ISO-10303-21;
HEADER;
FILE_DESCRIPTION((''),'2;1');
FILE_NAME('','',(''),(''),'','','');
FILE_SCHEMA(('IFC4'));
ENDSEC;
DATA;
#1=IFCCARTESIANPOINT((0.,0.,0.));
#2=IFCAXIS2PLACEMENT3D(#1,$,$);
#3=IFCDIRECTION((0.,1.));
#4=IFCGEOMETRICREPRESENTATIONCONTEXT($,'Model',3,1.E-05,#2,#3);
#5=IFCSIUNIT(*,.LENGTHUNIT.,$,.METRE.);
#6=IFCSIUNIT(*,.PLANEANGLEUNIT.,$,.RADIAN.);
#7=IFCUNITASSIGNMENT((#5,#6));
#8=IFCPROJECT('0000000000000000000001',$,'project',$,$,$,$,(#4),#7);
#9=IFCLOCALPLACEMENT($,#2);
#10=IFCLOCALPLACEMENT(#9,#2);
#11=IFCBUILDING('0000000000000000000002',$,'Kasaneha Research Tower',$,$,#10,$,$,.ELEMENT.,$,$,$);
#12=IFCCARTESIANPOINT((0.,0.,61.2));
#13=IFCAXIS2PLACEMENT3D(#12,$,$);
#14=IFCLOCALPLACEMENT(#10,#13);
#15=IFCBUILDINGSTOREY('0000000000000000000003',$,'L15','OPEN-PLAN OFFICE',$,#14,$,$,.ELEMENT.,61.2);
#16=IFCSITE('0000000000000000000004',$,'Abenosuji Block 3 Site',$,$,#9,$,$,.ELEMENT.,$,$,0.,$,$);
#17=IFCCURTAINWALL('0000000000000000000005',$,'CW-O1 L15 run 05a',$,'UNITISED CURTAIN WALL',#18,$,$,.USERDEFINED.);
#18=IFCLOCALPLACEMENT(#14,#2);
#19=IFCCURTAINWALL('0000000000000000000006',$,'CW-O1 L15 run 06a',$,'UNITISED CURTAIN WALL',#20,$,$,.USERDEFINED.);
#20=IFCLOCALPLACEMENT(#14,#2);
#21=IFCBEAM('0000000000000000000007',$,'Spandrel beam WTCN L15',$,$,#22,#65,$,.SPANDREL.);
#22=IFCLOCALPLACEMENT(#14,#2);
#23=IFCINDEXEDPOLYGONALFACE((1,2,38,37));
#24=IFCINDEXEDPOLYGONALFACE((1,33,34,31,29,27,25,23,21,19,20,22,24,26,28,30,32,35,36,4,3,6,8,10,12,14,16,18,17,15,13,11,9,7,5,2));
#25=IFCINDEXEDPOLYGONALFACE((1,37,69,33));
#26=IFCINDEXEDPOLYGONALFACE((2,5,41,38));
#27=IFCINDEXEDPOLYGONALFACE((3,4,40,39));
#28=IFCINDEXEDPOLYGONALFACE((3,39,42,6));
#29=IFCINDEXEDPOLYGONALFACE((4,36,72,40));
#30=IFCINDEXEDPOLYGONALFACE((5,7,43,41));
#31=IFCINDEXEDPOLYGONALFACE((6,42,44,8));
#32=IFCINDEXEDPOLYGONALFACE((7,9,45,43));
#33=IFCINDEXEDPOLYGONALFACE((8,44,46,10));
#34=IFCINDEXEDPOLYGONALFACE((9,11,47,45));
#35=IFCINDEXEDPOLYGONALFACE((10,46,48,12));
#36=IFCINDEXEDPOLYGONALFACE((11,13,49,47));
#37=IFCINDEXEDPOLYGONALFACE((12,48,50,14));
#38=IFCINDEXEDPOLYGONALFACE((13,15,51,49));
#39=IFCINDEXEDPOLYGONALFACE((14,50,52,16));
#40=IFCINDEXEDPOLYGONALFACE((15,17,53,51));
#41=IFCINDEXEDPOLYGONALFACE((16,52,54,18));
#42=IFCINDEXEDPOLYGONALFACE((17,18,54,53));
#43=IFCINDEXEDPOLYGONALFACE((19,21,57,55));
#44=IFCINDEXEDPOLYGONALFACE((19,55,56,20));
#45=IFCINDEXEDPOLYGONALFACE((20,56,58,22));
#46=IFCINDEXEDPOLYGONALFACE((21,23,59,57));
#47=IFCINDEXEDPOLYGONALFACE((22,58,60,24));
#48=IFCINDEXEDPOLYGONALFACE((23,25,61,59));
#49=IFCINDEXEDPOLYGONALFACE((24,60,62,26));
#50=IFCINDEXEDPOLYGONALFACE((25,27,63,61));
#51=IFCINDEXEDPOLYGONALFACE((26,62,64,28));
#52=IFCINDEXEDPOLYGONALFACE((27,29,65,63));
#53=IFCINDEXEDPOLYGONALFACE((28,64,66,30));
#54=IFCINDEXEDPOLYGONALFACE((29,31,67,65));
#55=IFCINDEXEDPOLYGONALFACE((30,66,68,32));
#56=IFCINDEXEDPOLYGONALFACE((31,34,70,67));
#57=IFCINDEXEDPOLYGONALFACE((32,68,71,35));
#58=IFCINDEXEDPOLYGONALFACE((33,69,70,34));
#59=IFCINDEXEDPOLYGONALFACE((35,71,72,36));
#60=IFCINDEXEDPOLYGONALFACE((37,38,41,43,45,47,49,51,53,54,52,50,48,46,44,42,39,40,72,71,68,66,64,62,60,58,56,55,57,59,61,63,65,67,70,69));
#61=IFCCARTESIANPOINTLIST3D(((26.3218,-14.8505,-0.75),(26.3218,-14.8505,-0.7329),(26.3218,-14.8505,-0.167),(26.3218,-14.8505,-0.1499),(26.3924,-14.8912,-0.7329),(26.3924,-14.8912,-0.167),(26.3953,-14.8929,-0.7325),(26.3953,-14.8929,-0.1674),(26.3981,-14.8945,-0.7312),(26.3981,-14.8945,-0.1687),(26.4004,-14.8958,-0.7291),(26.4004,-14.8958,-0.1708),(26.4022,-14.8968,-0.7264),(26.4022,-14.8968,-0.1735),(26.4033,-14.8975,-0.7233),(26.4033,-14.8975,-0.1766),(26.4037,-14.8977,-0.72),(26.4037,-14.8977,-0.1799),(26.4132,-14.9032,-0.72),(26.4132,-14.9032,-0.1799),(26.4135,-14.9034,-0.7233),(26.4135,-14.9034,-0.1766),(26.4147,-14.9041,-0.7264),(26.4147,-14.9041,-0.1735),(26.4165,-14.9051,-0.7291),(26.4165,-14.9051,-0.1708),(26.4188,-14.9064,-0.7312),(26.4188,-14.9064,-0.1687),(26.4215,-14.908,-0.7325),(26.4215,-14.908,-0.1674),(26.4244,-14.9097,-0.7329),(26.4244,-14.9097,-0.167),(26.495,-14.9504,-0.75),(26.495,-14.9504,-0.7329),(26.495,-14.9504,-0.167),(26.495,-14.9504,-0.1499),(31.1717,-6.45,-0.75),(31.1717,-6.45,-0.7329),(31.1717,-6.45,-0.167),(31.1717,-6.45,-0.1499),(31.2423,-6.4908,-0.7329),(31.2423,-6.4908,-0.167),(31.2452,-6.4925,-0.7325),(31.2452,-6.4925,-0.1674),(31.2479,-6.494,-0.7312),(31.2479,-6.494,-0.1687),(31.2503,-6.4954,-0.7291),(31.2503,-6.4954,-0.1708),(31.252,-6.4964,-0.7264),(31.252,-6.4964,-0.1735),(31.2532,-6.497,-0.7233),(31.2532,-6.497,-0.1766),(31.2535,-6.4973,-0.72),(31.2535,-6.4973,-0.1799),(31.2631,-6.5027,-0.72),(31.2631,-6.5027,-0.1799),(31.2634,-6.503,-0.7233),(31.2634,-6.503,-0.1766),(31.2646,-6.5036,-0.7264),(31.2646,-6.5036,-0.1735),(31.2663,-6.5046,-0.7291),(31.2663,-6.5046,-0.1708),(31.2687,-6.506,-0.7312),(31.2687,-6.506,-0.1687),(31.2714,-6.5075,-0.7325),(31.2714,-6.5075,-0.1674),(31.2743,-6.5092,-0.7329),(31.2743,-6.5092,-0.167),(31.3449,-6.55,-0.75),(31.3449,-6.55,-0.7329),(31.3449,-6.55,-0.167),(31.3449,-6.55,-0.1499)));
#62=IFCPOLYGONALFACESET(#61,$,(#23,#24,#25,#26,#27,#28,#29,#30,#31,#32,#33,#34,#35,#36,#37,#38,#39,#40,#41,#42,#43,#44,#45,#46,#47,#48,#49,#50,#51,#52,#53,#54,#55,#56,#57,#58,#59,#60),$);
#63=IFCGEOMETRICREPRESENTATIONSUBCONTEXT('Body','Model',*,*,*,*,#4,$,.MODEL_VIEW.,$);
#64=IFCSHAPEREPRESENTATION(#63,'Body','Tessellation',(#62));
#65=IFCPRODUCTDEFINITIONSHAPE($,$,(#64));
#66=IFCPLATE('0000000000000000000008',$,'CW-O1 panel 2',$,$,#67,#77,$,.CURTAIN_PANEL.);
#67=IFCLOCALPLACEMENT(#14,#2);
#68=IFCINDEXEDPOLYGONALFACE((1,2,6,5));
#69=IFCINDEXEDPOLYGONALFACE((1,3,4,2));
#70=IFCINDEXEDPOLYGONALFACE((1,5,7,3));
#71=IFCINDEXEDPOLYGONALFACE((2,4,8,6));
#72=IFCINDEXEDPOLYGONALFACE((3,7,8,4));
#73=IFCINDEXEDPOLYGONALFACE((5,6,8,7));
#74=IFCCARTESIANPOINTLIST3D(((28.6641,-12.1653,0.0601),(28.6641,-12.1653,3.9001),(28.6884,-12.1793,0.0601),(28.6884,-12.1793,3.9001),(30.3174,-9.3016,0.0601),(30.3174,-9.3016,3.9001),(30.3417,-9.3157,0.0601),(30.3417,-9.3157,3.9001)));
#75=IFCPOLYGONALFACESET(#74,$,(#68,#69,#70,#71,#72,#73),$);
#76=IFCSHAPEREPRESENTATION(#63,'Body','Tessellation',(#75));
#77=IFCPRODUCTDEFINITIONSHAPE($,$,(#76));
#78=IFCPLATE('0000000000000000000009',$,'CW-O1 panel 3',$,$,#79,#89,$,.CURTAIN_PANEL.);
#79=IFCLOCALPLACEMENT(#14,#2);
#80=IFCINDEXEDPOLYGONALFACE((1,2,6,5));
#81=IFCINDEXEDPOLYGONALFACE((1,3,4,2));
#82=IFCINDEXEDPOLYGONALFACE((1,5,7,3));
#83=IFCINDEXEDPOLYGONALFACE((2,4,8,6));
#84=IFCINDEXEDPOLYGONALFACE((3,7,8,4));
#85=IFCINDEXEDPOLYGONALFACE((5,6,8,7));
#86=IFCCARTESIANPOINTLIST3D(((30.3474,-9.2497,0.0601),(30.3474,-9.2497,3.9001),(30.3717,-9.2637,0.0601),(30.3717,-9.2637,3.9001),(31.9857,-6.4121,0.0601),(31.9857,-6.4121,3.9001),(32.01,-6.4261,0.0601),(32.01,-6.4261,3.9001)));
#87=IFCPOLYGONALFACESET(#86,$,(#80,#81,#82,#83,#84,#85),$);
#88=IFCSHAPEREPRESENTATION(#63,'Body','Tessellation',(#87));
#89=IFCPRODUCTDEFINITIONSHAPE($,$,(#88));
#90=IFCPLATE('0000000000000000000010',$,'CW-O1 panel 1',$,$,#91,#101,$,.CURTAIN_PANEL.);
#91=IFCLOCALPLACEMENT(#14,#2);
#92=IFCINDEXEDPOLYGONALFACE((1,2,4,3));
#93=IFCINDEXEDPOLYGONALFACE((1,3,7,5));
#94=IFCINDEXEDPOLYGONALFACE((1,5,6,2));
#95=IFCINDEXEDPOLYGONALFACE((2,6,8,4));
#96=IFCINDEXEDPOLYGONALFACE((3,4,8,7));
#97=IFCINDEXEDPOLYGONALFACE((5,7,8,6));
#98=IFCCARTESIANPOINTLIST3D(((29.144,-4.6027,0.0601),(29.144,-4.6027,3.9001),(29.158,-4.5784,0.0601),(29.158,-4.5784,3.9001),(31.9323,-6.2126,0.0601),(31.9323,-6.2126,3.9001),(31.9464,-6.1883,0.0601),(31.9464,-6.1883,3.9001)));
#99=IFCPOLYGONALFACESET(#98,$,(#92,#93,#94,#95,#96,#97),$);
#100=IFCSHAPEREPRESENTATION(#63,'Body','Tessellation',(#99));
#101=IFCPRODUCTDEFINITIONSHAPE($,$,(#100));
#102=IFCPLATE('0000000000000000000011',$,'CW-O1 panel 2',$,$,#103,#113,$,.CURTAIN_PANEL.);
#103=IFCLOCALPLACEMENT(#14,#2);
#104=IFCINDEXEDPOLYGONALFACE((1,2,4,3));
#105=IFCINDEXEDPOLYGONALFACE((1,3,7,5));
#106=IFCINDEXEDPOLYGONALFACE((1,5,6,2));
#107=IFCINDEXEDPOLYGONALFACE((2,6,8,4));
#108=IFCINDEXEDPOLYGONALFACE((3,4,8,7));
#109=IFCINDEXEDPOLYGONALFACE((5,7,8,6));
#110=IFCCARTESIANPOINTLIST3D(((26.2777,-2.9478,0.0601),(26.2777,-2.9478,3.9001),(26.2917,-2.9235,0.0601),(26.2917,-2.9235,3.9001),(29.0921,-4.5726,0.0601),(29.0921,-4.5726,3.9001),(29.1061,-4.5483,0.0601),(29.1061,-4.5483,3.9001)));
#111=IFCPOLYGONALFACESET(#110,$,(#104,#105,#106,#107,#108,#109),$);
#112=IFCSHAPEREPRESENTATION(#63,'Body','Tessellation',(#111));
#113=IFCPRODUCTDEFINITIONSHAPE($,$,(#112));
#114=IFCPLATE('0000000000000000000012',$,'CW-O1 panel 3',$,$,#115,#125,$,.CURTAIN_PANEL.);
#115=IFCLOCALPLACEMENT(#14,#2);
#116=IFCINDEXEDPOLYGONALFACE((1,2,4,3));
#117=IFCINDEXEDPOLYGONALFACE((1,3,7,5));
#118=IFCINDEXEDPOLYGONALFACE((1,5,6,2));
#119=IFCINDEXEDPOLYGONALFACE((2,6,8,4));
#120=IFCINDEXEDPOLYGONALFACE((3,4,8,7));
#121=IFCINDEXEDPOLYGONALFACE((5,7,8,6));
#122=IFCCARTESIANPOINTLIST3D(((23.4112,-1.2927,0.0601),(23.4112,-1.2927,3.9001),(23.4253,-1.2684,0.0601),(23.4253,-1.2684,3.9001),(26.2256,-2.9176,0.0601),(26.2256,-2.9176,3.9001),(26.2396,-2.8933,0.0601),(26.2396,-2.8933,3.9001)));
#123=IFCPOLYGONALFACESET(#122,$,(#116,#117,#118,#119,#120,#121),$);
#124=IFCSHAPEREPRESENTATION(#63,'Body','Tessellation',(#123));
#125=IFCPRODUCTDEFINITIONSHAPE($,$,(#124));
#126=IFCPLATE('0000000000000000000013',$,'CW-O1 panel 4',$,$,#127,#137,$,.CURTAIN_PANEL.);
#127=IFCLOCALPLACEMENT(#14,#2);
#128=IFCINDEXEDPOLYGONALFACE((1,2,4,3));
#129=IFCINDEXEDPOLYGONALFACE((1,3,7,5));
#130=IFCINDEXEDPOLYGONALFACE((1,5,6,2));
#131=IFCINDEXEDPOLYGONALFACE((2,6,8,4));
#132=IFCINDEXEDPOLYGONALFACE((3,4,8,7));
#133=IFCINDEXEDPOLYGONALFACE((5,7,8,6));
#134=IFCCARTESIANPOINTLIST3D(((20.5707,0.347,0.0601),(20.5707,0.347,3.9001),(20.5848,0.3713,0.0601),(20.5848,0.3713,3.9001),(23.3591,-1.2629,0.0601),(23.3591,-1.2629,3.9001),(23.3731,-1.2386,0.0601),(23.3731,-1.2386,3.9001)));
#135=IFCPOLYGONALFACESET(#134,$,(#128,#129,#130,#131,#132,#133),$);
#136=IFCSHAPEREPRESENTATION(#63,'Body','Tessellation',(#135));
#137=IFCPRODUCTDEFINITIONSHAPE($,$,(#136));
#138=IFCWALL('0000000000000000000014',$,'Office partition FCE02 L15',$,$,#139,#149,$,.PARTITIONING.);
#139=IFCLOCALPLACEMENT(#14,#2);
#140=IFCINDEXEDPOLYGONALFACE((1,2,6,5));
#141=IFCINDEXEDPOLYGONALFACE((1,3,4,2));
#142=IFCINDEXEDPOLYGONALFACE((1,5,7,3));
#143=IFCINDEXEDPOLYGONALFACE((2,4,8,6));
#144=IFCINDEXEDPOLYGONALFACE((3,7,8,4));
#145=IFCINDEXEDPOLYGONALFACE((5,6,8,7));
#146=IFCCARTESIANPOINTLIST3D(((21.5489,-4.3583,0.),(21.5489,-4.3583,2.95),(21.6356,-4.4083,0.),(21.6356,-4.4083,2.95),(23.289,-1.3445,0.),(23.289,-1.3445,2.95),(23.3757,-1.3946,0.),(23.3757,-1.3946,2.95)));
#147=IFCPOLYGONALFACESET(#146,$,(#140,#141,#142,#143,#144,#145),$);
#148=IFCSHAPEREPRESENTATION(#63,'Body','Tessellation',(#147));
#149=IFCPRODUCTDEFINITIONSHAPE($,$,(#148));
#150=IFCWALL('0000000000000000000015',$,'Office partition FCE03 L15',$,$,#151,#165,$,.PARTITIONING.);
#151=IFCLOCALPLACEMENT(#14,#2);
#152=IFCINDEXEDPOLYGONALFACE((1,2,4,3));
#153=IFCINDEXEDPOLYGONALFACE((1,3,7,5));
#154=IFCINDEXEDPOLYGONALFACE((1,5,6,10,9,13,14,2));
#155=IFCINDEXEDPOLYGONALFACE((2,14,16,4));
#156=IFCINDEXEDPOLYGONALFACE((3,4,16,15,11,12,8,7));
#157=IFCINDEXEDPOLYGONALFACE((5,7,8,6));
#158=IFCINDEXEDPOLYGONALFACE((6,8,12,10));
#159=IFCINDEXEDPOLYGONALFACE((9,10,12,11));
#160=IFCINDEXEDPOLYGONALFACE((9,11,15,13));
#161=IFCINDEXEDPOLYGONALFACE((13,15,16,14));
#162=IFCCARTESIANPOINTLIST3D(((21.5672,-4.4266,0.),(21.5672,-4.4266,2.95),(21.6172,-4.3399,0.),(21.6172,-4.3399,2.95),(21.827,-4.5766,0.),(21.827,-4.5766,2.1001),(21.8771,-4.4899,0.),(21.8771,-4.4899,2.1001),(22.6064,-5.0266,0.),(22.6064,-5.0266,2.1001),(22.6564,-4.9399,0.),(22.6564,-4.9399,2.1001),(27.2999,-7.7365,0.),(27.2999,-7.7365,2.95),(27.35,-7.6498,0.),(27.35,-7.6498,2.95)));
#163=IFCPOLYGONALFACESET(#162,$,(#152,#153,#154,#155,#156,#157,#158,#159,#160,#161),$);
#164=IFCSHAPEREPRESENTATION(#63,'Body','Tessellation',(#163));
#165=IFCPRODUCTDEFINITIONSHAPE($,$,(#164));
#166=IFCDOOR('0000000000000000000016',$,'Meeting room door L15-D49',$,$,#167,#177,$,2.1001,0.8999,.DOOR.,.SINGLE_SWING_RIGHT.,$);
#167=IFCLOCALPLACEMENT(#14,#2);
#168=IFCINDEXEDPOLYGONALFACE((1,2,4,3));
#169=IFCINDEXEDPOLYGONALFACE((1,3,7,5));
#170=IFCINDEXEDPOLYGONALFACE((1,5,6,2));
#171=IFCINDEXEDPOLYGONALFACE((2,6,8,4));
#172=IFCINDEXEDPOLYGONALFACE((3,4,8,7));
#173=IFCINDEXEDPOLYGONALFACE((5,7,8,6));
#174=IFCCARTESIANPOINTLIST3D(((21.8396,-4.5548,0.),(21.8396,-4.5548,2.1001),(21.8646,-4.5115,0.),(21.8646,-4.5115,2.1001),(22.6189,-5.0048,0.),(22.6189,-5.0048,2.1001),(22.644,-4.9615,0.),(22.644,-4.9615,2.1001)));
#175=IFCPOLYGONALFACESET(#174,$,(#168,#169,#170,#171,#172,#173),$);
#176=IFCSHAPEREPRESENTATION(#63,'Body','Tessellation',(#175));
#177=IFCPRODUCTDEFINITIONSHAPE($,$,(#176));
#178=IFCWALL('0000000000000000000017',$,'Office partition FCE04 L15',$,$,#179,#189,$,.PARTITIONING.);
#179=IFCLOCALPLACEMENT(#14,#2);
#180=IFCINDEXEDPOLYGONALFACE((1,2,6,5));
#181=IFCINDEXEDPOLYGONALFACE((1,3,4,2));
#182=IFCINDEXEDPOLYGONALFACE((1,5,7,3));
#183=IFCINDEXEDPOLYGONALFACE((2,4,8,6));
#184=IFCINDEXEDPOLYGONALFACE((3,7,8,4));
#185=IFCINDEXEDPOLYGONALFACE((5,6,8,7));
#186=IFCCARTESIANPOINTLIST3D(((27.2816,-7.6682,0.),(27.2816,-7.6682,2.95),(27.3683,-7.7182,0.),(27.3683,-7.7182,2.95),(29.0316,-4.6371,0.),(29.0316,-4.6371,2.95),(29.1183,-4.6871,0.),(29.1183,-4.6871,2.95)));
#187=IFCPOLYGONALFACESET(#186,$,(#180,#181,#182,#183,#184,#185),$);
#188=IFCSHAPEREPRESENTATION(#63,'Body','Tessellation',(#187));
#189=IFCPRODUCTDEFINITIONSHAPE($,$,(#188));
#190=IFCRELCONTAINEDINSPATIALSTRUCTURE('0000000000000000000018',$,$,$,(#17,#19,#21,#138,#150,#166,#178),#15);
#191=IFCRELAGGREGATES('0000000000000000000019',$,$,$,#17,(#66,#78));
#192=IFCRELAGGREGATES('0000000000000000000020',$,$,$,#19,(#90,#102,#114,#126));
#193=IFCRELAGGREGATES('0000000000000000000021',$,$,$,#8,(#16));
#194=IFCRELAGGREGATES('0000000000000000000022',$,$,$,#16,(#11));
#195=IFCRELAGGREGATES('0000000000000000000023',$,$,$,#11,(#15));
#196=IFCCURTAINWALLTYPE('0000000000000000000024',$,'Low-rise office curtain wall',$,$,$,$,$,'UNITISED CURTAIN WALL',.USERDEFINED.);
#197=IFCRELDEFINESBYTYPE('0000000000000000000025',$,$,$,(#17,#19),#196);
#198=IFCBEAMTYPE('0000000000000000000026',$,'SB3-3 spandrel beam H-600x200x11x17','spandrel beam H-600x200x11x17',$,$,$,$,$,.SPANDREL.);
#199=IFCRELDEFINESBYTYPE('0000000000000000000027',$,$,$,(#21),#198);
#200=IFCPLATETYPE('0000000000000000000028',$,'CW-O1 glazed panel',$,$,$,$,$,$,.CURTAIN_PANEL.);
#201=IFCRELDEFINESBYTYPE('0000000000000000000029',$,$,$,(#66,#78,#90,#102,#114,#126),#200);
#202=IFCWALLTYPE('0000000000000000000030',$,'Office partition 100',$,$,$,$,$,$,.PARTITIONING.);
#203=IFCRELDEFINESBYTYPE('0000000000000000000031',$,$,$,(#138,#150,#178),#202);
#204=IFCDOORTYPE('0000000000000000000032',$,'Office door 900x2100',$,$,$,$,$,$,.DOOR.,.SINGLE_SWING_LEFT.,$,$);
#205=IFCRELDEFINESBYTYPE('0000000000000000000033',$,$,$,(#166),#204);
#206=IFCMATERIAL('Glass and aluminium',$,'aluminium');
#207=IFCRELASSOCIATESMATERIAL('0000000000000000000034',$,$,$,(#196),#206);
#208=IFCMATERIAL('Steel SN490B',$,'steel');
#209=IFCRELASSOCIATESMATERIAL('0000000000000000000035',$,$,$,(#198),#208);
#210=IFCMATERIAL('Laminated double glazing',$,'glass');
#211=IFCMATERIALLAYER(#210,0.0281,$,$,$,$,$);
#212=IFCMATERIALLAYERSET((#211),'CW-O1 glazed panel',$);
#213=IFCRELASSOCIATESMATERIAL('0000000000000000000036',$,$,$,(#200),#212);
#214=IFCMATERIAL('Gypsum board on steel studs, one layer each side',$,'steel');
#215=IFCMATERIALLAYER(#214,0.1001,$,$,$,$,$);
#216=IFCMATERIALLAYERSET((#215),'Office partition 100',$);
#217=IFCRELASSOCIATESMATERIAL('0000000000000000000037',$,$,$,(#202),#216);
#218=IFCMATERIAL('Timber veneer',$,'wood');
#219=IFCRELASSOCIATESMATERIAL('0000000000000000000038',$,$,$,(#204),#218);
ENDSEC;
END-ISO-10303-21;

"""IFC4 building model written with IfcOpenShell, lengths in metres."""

from ifc_helpers import new_model, si_unit, direction, frame, frame_2d, origin, origin_2d, place, context, subcontext, project, spatial, rectangle, i_section, extrude, material, layer, layer_set, material_profile, profile_set, type_object, element, fill, aggregate, save


model = new_model("IFC4")

# Units and contexts
model_context = context("Model", 3, precision=1e-05, world=origin(), true_north=direction((0.0, 1.0)))
body_context = subcontext(model_context, "Body", "Model", "MODEL_VIEW")
ifc_project = project(units=[si_unit("LENGTHUNIT", "METRE"), si_unit("PLANEANGLEUNIT", "RADIAN")], contexts=[model_context])

# Site, building, storey
site_placement = place(None, origin())
site = spatial("IfcSite", under=ifc_project, at=site_placement, Name="Abenosuji Block 3 Site", CompositionType="ELEMENT", RefElevation=0.0)
building_placement = place(site_placement, origin())
building = spatial("IfcBuilding", under=site, at=building_placement, Name="Kasaneha Research Tower", CompositionType="ELEMENT")
storey_placement = place(building_placement, frame((0.0, 0.0, 61.2)))
storey = spatial("IfcBuildingStorey", under=building, at=storey_placement, Name="L15", Description="OPEN-PLAN OFFICE", CompositionType="ELEMENT", Elevation=61.2)

# Curtain walls
ifc_material_1 = material(Name="Glass and aluminium", Category="aluminium")
curtain_wall_type = type_object("IfcCurtainWallType", Name="Low-rise office curtain wall", ElementType="UNITISED CURTAIN WALL", PredefinedType="USERDEFINED", material=ifc_material_1)
curtain_wall_1_placement = place(storey_placement, origin())
curtain_wall_1 = element("IfcCurtainWall", 1, at=curtain_wall_1_placement, inside=storey, type_object=curtain_wall_type, Name="CW-O1 L15 run 05a", ObjectType="UNITISED CURTAIN WALL", PredefinedType="USERDEFINED")
curtain_wall_2_placement = place(storey_placement, origin())
curtain_wall_2 = element("IfcCurtainWall", 2, at=curtain_wall_2_placement, inside=storey, type_object=curtain_wall_type, Name="CW-O1 L15 run 06a", ObjectType="UNITISED CURTAIN WALL", PredefinedType="USERDEFINED")

# Beam
ifc_material_2 = material(Name="Steel SN490B", Category="steel")
ifc_material_profile_1 = material_profile(ifc_material_2, i_section(OverallWidth=0.2, OverallDepth=0.6001, WebThickness=0.011, FlangeThickness=0.0171, FilletRadius=0.0129, at=origin_2d()), Name="H-600x200x11x17")
ifc_profile_set_1 = profile_set([ifc_material_profile_1], Name="Steel SN490B")
beam_type_1 = type_object("IfcBeamType", Name="SB3-3 spandrel beam H-600x200x11x17", Description="spandrel beam H-600x200x11x17", PredefinedType="SPANDREL", material=ifc_profile_set_1)
beam_1_placement = place(storey_placement, frame((31.2583, -6.5, -0.45), z_axis=(-0.499991, -0.866031, 0.0), x_axis=(0.866031, -0.499991, 0.0)))
element("IfcBeam", 3, at=beam_1_placement, inside=storey, type_object=beam_type_1, Name="Spandrel beam WTCN L15", PredefinedType="SPANDREL", context=body_context, shape_type="SweptSolid", body=[
    extrude(i_section(OverallWidth=0.2, OverallDepth=0.6001, WebThickness=0.011, FlangeThickness=0.0171, FilletRadius=0.0129, at=origin_2d()), origin(), (0.0, 0.0, 1.0), 9.7),
])

# Plates
ifc_material_3 = material(Name="Laminated double glazing", Category="glass")
ifc_layer_1 = layer(ifc_material_3, 0.0281)
ifc_layer_set_1 = layer_set([ifc_layer_1], Name="CW-O1 glazed panel")
plate_type = type_object("IfcPlateType", Name="CW-O1 glazed panel", PredefinedType="CURTAIN_PANEL", material=ifc_layer_set_1)
plate_1_placement = place(storey_placement, frame((29.5029, -10.7405, 0.0601), z_axis=(0.0, 0.0, 1.0), x_axis=(0.5, 0.866025, 0.0)))
plate_1 = element("IfcPlate", 4, at=plate_1_placement, type_object=plate_type, Name="CW-O1 panel 2", PredefinedType="CURTAIN_PANEL", context=body_context, shape_type="SweptSolid", body=[
    extrude(rectangle(XDim=3.3066, YDim=0.0281, at=origin_2d()), origin(), (0.0, 0.0, 1.0), 3.8401),
])
plate_2_placement = place(storey_placement, frame((31.1787, -7.8379, 0.0601), z_axis=(0.0, 0.0, 1.0), x_axis=(0.5, 0.866025, 0.0)))
plate_2 = element("IfcPlate", 5, at=plate_2_placement, type_object=plate_type, Name="CW-O1 panel 3", PredefinedType="CURTAIN_PANEL", context=body_context, shape_type="SweptSolid", body=[
    extrude(rectangle(XDim=3.2766, YDim=0.0281, at=origin_2d()), origin(), (0.0, 0.0, 1.0), 3.8401),
])
aggregate(curtain_wall_1, [plate_1, plate_2])
plate_3_placement = place(storey_placement, frame((30.5452, -5.3955, 0.0601), z_axis=(0.0, 0.0, 1.0), x_axis=(-0.866025, 0.5, 0.0)))
plate_3 = element("IfcPlate", 6, at=plate_3_placement, type_object=plate_type, Name="CW-O1 panel 1", PredefinedType="CURTAIN_PANEL", context=body_context, shape_type="SweptSolid", body=[
    extrude(rectangle(XDim=3.2197, YDim=0.0281, at=origin_2d()), origin(), (0.0, 0.0, 1.0), 3.8401),
])
plate_4_placement = place(storey_placement, frame((27.6919, -3.748, 0.0601), z_axis=(0.0, 0.0, 1.0), x_axis=(-0.866025, 0.5, 0.0)))
plate_4 = element("IfcPlate", 7, at=plate_4_placement, type_object=plate_type, Name="CW-O1 panel 2", PredefinedType="CURTAIN_PANEL", context=body_context, shape_type="SweptSolid", body=[
    extrude(rectangle(XDim=3.2498, YDim=0.0281, at=origin_2d()), origin(), (0.0, 0.0, 1.0), 3.8401),
])
plate_5_placement = place(storey_placement, frame((24.8254, -2.093, 0.0601), z_axis=(0.0, 0.0, 1.0), x_axis=(-0.866025, 0.5, 0.0)))
plate_5 = element("IfcPlate", 8, at=plate_5_placement, type_object=plate_type, Name="CW-O1 panel 3", PredefinedType="CURTAIN_PANEL", context=body_context, shape_type="SweptSolid", body=[
    extrude(rectangle(XDim=3.2498, YDim=0.0281, at=origin_2d()), origin(), (0.0, 0.0, 1.0), 3.8401),
])
plate_6_placement = place(storey_placement, frame((21.9719, -0.4458, 0.0601), z_axis=(0.0, 0.0, 1.0), x_axis=(-0.866025, 0.5, 0.0)))
plate_6 = element("IfcPlate", 9, at=plate_6_placement, type_object=plate_type, Name="CW-O1 panel 4", PredefinedType="CURTAIN_PANEL", context=body_context, shape_type="SweptSolid", body=[
    extrude(rectangle(XDim=3.2197, YDim=0.0281, at=origin_2d()), origin(), (0.0, 0.0, 1.0), 3.8401),
])
aggregate(curtain_wall_2, [plate_3, plate_4, plate_5, plate_6])

# Wall
ifc_material_4 = material(Name="Gypsum board on steel studs, one layer each side", Category="steel")
ifc_layer_2 = layer(ifc_material_4, 0.1001)
ifc_layer_set_2 = layer_set([ifc_layer_2], Name="Office partition 100")
wall_type_1 = type_object("IfcWallType", Name="Office partition 100", PredefinedType="PARTITIONING", material=ifc_layer_set_2)
wall_1_placement = place(storey_placement, frame((21.5923, -4.3833, 0.0), z_axis=(0.0, 0.0, 1.0), x_axis=(0.50001, 0.86602, 0.0)))
element("IfcWall", 10, at=wall_1_placement, inside=storey, type_object=wall_type_1, Name="Office partition FCE02 L15", PredefinedType="PARTITIONING", context=body_context, shape_type="SweptSolid", body=[
    extrude(rectangle(XDim=3.48, YDim=0.1001, at=frame_2d((1.74, 0.0))), origin(), (0.0, 0.0, 1.0), 2.95),
])

# Wall, opening, door
wall_2_placement = place(storey_placement, frame((27.325, -7.6931, 0.0), z_axis=(0.0, 0.0, 1.0), x_axis=(-0.866022, 0.500007, 0.0)))
wall_2 = element("IfcWall", 11, at=wall_2_placement, inside=storey, type_object=wall_type_1, Name="Office partition FCE03 L15", PredefinedType="PARTITIONING", context=body_context, shape_type="SweptSolid", body=[
    extrude(rectangle(XDim=6.6196, YDim=0.1001, at=frame_2d((3.3098, 0.0))), origin(), (0.0, 0.0, 1.0), 2.95),
])
opening_placement = place(wall_2_placement, frame((5.4197, 0.0, 0.0)))
opening = element("IfcOpeningElement", 12, at=opening_placement, cuts=wall_2, PredefinedType="OPENING", context=body_context, shape_type="SweptSolid", body=[
    extrude(rectangle(XDim=0.8999, YDim=2.1001, at=frame_2d((0.45, 1.05))), frame((0.0, 0.0601, 0.0), z_axis=(0.0, -1.0, 0.0), x_axis=(1.0, 0.0, 0.0)), (0.0, 0.0, 1.0), 0.1201),
])
ifc_material_5 = material(Name="Timber veneer", Category="wood")
door_type = type_object("IfcDoorType", Name="Office door 900x2100", OperationType="SINGLE_SWING_LEFT", PredefinedType="DOOR", material=ifc_material_5)
door_placement = place(opening_placement, origin())
door = element("IfcDoor", 13, at=door_placement, inside=storey, type_object=door_type, Name="Meeting room door L15-D49", OperationType="SINGLE_SWING_RIGHT", OverallHeight=2.1001, OverallWidth=0.8999, PredefinedType="DOOR", context=body_context, shape_type="SweptSolid", body=[
    extrude(rectangle(XDim=0.8999, YDim=2.1001, at=frame_2d((0.45, 1.05))), frame((0.0, 0.0249, 0.0), z_axis=(0.0, -1.0, 0.0), x_axis=(1.0, 0.0, 0.0)), (0.0, 0.0, 1.0), 0.05),
])
fill(opening, door)

# Wall
wall_3_placement = place(storey_placement, frame((29.075, -4.6621, 0.0), z_axis=(0.0, 0.0, 1.0), x_axis=(-0.50001, -0.866019, 0.0)))
element("IfcWall", 14, at=wall_3_placement, inside=storey, type_object=wall_type_1, Name="Office partition FCE04 L15", PredefinedType="PARTITIONING", context=body_context, shape_type="SweptSolid", body=[
    extrude(rectangle(XDim=3.5, YDim=0.1001, at=frame_2d((1.75, 0.0))), origin(), (0.0, 0.0, 1.0), 2.95),
])

save(model, "model.ifc")
